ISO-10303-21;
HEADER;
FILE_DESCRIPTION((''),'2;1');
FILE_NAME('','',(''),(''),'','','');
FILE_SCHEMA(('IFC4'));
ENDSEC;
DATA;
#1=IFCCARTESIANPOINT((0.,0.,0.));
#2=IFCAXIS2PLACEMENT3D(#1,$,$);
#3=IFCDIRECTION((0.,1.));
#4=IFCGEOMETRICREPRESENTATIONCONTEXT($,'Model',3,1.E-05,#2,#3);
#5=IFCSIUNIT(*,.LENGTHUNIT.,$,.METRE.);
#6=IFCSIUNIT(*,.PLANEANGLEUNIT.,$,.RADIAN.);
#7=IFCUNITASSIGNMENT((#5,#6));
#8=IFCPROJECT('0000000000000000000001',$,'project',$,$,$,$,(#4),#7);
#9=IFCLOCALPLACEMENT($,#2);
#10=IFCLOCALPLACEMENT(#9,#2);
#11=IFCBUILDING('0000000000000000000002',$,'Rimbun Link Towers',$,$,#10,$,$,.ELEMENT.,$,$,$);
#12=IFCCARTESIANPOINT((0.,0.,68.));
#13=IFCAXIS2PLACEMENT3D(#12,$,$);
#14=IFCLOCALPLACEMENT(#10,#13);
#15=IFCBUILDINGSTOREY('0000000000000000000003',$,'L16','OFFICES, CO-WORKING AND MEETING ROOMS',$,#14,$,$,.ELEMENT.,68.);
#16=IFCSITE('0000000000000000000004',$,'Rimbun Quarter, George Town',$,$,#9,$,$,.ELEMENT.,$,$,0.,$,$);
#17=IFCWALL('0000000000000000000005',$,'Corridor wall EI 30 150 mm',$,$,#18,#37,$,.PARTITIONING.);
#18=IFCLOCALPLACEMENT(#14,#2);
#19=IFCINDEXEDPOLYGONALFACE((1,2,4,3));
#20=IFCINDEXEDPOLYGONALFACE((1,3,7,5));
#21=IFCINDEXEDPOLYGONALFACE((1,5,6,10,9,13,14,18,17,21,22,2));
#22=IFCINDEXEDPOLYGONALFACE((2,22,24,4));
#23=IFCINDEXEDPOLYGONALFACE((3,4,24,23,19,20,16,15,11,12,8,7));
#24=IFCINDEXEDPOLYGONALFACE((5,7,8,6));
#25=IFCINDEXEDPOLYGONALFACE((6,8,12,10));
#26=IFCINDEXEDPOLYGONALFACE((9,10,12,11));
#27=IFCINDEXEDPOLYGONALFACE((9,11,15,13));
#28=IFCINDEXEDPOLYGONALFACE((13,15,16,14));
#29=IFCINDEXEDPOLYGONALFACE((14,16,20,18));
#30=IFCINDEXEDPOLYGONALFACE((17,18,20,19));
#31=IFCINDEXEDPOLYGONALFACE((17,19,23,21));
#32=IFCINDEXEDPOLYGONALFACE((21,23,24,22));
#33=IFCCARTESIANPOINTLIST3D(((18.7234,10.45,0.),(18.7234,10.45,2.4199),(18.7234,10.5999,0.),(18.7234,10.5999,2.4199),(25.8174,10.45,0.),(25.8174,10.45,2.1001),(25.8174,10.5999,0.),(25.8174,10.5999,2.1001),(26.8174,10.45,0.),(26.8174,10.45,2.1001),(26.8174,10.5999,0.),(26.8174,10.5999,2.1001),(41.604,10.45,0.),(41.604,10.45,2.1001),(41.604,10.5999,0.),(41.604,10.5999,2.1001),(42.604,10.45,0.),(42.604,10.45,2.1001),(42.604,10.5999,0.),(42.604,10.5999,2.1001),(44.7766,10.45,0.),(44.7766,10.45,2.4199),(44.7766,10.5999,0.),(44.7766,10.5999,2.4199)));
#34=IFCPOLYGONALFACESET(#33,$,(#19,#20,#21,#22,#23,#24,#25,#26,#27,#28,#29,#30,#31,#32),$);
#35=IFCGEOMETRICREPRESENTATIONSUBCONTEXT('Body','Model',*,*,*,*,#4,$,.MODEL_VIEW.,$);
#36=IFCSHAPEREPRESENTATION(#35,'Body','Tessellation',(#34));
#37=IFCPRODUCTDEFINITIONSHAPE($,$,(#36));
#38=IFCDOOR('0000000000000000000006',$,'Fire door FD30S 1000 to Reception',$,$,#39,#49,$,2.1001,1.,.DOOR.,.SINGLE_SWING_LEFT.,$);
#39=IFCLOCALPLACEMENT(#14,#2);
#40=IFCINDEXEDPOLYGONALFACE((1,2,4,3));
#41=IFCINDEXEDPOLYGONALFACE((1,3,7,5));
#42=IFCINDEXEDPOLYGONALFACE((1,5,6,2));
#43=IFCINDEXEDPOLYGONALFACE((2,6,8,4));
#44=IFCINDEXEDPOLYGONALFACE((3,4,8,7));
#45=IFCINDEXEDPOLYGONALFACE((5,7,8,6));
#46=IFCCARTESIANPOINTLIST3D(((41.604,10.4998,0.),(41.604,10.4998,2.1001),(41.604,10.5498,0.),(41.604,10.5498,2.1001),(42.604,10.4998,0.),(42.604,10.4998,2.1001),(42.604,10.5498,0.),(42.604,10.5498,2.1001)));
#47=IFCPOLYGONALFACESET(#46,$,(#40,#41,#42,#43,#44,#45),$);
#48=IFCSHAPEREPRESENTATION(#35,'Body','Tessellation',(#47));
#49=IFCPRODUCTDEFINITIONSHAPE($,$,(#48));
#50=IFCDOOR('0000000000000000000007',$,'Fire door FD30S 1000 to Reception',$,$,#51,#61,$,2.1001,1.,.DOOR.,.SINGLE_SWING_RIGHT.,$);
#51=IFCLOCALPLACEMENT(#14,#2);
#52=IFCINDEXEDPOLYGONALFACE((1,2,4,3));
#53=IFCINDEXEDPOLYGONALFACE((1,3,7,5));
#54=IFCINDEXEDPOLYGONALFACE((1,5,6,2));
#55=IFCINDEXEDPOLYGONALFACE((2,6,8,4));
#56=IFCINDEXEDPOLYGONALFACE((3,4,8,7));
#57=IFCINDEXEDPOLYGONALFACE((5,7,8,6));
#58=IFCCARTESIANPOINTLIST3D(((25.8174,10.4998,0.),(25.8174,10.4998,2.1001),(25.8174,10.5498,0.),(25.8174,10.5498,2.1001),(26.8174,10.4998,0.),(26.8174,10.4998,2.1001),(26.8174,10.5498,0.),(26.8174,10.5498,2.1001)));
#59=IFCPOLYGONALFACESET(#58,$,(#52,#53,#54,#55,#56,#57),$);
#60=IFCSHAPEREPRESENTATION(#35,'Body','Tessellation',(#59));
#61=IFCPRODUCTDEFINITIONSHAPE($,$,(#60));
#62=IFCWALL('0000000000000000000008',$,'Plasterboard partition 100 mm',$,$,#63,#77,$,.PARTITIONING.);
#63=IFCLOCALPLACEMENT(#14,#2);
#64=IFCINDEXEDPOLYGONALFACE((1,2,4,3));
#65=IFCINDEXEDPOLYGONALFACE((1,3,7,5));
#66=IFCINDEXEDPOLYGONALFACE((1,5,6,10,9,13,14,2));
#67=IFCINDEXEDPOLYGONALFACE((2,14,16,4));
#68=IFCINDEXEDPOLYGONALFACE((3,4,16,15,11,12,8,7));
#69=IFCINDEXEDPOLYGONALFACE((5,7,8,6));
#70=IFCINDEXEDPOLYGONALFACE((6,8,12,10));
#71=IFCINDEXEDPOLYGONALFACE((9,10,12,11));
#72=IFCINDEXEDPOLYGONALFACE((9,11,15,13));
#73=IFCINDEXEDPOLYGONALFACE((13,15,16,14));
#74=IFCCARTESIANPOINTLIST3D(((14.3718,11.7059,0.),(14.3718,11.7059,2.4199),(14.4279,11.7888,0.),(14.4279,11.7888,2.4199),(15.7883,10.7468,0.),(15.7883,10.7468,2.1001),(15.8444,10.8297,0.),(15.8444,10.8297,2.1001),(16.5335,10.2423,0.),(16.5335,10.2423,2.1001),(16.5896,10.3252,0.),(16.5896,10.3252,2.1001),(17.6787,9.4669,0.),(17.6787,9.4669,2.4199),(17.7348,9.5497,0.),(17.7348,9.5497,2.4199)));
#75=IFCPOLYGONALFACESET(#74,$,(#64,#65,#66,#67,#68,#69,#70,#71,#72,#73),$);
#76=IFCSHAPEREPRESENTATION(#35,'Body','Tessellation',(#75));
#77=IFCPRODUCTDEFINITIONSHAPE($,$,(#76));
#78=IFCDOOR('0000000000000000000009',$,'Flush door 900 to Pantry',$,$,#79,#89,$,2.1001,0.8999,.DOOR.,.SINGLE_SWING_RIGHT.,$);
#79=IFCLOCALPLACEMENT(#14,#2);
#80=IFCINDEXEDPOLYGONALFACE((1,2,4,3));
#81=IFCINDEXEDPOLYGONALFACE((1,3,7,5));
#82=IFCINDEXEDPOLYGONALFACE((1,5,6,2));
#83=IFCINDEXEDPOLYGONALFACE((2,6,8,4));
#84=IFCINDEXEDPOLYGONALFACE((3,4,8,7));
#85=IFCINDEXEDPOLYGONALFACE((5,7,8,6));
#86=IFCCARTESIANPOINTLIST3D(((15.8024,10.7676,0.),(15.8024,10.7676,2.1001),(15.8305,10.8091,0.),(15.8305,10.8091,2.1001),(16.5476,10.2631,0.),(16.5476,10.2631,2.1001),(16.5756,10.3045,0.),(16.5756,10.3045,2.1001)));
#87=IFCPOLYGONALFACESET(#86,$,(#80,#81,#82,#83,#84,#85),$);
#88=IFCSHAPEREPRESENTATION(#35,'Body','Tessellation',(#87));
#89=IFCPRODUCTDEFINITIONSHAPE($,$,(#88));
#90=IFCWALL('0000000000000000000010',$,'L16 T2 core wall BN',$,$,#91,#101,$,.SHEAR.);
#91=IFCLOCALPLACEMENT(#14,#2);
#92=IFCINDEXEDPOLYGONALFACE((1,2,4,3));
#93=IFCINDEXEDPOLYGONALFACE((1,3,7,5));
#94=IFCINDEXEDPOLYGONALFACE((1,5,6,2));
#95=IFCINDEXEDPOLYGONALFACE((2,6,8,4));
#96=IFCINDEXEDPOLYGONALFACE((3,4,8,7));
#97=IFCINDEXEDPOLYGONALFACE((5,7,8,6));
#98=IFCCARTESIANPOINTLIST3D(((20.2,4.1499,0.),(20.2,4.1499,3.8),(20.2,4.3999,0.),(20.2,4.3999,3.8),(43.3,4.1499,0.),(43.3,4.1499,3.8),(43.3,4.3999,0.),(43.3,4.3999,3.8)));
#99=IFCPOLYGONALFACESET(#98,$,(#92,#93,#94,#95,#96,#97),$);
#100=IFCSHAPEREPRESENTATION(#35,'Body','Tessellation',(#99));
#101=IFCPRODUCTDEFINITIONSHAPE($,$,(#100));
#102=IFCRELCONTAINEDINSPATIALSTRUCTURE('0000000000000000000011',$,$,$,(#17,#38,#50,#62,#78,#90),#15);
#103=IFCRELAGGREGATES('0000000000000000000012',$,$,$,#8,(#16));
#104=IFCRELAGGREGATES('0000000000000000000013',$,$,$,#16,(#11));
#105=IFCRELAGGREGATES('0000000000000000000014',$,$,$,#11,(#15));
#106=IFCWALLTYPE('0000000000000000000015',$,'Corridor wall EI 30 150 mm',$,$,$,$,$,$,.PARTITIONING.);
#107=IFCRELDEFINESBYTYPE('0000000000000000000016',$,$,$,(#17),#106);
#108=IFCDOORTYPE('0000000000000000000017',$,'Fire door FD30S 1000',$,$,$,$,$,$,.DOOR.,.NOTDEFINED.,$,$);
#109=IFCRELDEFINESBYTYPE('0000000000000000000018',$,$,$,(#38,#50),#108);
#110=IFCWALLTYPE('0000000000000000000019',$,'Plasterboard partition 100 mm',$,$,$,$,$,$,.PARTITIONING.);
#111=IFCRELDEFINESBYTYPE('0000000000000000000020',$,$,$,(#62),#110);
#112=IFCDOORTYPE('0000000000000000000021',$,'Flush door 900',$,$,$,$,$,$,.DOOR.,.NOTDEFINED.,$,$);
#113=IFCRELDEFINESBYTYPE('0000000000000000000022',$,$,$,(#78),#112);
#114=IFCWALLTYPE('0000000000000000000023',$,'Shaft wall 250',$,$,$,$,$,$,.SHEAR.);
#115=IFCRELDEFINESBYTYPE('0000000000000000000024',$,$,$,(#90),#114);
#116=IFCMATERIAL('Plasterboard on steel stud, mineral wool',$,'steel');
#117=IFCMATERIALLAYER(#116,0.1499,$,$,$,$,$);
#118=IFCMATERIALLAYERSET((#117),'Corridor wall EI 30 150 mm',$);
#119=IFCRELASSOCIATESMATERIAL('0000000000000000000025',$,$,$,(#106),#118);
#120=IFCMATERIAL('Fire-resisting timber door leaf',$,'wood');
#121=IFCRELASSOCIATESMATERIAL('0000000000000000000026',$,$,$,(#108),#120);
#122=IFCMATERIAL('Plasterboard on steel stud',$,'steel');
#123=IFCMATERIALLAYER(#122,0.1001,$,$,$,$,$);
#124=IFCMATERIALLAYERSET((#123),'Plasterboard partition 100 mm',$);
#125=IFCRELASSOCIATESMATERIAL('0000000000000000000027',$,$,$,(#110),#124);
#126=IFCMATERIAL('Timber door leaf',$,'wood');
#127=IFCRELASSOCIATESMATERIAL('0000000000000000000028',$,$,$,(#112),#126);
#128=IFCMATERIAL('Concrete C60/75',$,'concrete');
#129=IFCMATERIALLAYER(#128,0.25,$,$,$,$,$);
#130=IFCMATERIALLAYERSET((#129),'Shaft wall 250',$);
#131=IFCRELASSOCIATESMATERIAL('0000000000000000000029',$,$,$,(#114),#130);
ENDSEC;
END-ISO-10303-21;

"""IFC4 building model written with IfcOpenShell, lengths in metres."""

from ifc_helpers import new_model, si_unit, direction, frame, frame_2d, origin, place, context, subcontext, project, spatial, rectangle, extrude, material, layer, layer_set, type_object, element, fill, save


model = new_model("IFC4")

# Units and contexts
model_context = context("Model", 3, precision=1e-05, world=origin(), true_north=direction((0.0, 1.0)))
body_context = subcontext(model_context, "Body", "Model", "MODEL_VIEW")
ifc_project = project(units=[si_unit("LENGTHUNIT", "METRE"), si_unit("PLANEANGLEUNIT", "RADIAN")], contexts=[model_context])

# Site, building, storey
site_placement = place(None, origin())
site = spatial("IfcSite", under=ifc_project, at=site_placement, Name="Rimbun Quarter, George Town", CompositionType="ELEMENT", RefElevation=0.0)
building_placement = place(site_placement, origin())
building = spatial("IfcBuilding", under=site, at=building_placement, Name="Rimbun Link Towers", CompositionType="ELEMENT")
storey_placement = place(building_placement, frame((0.0, 0.0, 68.0)))
storey = spatial("IfcBuildingStorey", under=building, at=storey_placement, Name="L16", Description="OFFICES, CO-WORKING AND MEETING ROOMS", CompositionType="ELEMENT", Elevation=68.0)

# Wall, openings, doors
ifc_material_1 = material(Name="Plasterboard on steel stud, mineral wool", Category="steel")
ifc_layer_1 = layer(ifc_material_1, 0.1499)
ifc_layer_set_1 = layer_set([ifc_layer_1], Name="Corridor wall EI 30 150 mm")
wall_type_1 = type_object("IfcWallType", Name="Corridor wall EI 30 150 mm", PredefinedType="PARTITIONING", material=ifc_layer_set_1)
wall_1_placement = place(storey_placement, frame((18.7234, 10.5249, 0.0), z_axis=(0.0, 0.0, 1.0), x_axis=(1.0, 0.0, 0.0)))
wall_1 = element("IfcWall", 1, at=wall_1_placement, inside=storey, type_object=wall_type_1, Name="Corridor wall EI 30 150 mm", PredefinedType="PARTITIONING", context=body_context, shape_type="SweptSolid", body=[
    extrude(rectangle(XDim=26.0532, YDim=0.1499, at=frame_2d((13.0266, 0.0))), origin(), (0.0, 0.0, 1.0), 2.4199),
])
opening_1_placement = place(wall_1_placement, frame((22.8806, 0.0, 0.0)))
opening_1 = element("IfcOpeningElement", 2, at=opening_1_placement, cuts=wall_1, PredefinedType="OPENING", context=body_context, shape_type="SweptSolid", body=[
    extrude(rectangle(XDim=1.0, YDim=2.1001, at=frame_2d((0.5, 1.05))), frame((0.0, 0.085, 0.0), z_axis=(0.0, -1.0, 0.0), x_axis=(1.0, 0.0, 0.0)), (0.0, 0.0, 1.0), 0.1699),
])
opening_2_placement = place(wall_1_placement, frame((7.094, 0.0, 0.0)))
opening_2 = element("IfcOpeningElement", 3, at=opening_2_placement, cuts=wall_1, PredefinedType="OPENING", context=body_context, shape_type="SweptSolid", body=[
    extrude(rectangle(XDim=1.0, YDim=2.1001, at=frame_2d((0.5, 1.05))), frame((0.0, 0.085, 0.0), z_axis=(0.0, -1.0, 0.0), x_axis=(1.0, 0.0, 0.0)), (0.0, 0.0, 1.0), 0.1699),
])
ifc_material_2 = material(Name="Fire-resisting timber door leaf", Category="wood")
door_type_1 = type_object("IfcDoorType", Name="Fire door FD30S 1000", OperationType="NOTDEFINED", PredefinedType="DOOR", material=ifc_material_2)
door_1_placement = place(opening_1_placement, origin())
door_1 = element("IfcDoor", 4, at=door_1_placement, inside=storey, type_object=door_type_1, Name="Fire door FD30S 1000 to Reception", OperationType="SINGLE_SWING_LEFT", OverallHeight=2.1001, OverallWidth=1.0, PredefinedType="DOOR", context=body_context, shape_type="SweptSolid", body=[
    extrude(rectangle(XDim=1.0, YDim=2.1001, at=frame_2d((0.5, 1.05))), frame((0.0, 0.0249, 0.0), z_axis=(0.0, -1.0, 0.0), x_axis=(1.0, 0.0, 0.0)), (0.0, 0.0, 1.0), 0.05),
])
fill(opening_1, door_1)
door_2_placement = place(opening_2_placement, origin())
door_2 = element("IfcDoor", 5, at=door_2_placement, inside=storey, type_object=door_type_1, Name="Fire door FD30S 1000 to Reception", OperationType="SINGLE_SWING_RIGHT", OverallHeight=2.1001, OverallWidth=1.0, PredefinedType="DOOR", context=body_context, shape_type="SweptSolid", body=[
    extrude(rectangle(XDim=1.0, YDim=2.1001, at=frame_2d((0.5, 1.05))), frame((0.0, 0.0249, 0.0), z_axis=(0.0, -1.0, 0.0), x_axis=(1.0, 0.0, 0.0)), (0.0, 0.0, 1.0), 0.05),
])
fill(opening_2, door_2)

# Wall, opening, door
ifc_material_3 = material(Name="Plasterboard on steel stud", Category="steel")
ifc_layer_2 = layer(ifc_material_3, 0.1001)
ifc_layer_set_2 = layer_set([ifc_layer_2], Name="Plasterboard partition 100 mm")
wall_type_2 = type_object("IfcWallType", Name="Plasterboard partition 100 mm", PredefinedType="PARTITIONING", material=ifc_layer_set_2)
wall_2_placement = place(storey_placement, frame((17.7068, 9.5083, 0.0), z_axis=(0.0, 0.0, 1.0), x_axis=(-0.828051, 0.560653, 0.0)))
wall_2 = element("IfcWall", 6, at=wall_2_placement, inside=storey, type_object=wall_type_2, Name="Plasterboard partition 100 mm", PredefinedType="PARTITIONING", context=body_context, shape_type="SweptSolid", body=[
    extrude(rectangle(XDim=3.9937, YDim=0.1001, at=frame_2d((1.9968, 0.0))), origin(), (0.0, 0.0, 1.0), 2.4199),
])
opening_3_placement = place(wall_2_placement, frame((1.3831, 0.0, 0.0)))
opening_3 = element("IfcOpeningElement", 7, at=opening_3_placement, cuts=wall_2, PredefinedType="OPENING", context=body_context, shape_type="SweptSolid", body=[
    extrude(rectangle(XDim=0.8999, YDim=2.1001, at=frame_2d((0.45, 1.05))), frame((0.0, 0.0601, 0.0), z_axis=(0.0, -1.0, 0.0), x_axis=(1.0, 0.0, 0.0)), (0.0, 0.0, 1.0), 0.1201),
])
ifc_material_4 = material(Name="Timber door leaf", Category="wood")
door_type_2 = type_object("IfcDoorType", Name="Flush door 900", OperationType="NOTDEFINED", PredefinedType="DOOR", material=ifc_material_4)
door_3_placement = place(opening_3_placement, origin())
door_3 = element("IfcDoor", 8, at=door_3_placement, inside=storey, type_object=door_type_2, Name="Flush door 900 to Pantry", OperationType="SINGLE_SWING_RIGHT", OverallHeight=2.1001, OverallWidth=0.8999, PredefinedType="DOOR", context=body_context, shape_type="SweptSolid", body=[
    extrude(rectangle(XDim=0.8999, YDim=2.1001, at=frame_2d((0.45, 1.05))), frame((0.0, 0.0249, 0.0), z_axis=(0.0, -1.0, 0.0), x_axis=(1.0, 0.0, 0.0)), (0.0, 0.0, 1.0), 0.05),
])
fill(opening_3, door_3)

# Wall
ifc_material_5 = material(Name="Concrete C60/75", Category="concrete")
ifc_layer_3 = layer(ifc_material_5, 0.25)
ifc_layer_set_3 = layer_set([ifc_layer_3], Name="Shaft wall 250")
wall_type_3 = type_object("IfcWallType", Name="Shaft wall 250", PredefinedType="SHEAR", material=ifc_layer_set_3)
wall_3_placement = place(storey_placement, frame((20.2, 4.2749, 0.0), z_axis=(0.0, 0.0, 1.0), x_axis=(1.0, 0.0, 0.0)))
element("IfcWall", 9, at=wall_3_placement, inside=storey, type_object=wall_type_3, Name="L16 T2 core wall BN", PredefinedType="SHEAR", context=body_context, shape_type="SweptSolid", body=[
    extrude(rectangle(XDim=23.1001, YDim=0.25, at=frame_2d((11.55, 0.0))), origin(), (0.0, 0.0, 1.0), 3.8),
])

save(model, "model.ifc")
